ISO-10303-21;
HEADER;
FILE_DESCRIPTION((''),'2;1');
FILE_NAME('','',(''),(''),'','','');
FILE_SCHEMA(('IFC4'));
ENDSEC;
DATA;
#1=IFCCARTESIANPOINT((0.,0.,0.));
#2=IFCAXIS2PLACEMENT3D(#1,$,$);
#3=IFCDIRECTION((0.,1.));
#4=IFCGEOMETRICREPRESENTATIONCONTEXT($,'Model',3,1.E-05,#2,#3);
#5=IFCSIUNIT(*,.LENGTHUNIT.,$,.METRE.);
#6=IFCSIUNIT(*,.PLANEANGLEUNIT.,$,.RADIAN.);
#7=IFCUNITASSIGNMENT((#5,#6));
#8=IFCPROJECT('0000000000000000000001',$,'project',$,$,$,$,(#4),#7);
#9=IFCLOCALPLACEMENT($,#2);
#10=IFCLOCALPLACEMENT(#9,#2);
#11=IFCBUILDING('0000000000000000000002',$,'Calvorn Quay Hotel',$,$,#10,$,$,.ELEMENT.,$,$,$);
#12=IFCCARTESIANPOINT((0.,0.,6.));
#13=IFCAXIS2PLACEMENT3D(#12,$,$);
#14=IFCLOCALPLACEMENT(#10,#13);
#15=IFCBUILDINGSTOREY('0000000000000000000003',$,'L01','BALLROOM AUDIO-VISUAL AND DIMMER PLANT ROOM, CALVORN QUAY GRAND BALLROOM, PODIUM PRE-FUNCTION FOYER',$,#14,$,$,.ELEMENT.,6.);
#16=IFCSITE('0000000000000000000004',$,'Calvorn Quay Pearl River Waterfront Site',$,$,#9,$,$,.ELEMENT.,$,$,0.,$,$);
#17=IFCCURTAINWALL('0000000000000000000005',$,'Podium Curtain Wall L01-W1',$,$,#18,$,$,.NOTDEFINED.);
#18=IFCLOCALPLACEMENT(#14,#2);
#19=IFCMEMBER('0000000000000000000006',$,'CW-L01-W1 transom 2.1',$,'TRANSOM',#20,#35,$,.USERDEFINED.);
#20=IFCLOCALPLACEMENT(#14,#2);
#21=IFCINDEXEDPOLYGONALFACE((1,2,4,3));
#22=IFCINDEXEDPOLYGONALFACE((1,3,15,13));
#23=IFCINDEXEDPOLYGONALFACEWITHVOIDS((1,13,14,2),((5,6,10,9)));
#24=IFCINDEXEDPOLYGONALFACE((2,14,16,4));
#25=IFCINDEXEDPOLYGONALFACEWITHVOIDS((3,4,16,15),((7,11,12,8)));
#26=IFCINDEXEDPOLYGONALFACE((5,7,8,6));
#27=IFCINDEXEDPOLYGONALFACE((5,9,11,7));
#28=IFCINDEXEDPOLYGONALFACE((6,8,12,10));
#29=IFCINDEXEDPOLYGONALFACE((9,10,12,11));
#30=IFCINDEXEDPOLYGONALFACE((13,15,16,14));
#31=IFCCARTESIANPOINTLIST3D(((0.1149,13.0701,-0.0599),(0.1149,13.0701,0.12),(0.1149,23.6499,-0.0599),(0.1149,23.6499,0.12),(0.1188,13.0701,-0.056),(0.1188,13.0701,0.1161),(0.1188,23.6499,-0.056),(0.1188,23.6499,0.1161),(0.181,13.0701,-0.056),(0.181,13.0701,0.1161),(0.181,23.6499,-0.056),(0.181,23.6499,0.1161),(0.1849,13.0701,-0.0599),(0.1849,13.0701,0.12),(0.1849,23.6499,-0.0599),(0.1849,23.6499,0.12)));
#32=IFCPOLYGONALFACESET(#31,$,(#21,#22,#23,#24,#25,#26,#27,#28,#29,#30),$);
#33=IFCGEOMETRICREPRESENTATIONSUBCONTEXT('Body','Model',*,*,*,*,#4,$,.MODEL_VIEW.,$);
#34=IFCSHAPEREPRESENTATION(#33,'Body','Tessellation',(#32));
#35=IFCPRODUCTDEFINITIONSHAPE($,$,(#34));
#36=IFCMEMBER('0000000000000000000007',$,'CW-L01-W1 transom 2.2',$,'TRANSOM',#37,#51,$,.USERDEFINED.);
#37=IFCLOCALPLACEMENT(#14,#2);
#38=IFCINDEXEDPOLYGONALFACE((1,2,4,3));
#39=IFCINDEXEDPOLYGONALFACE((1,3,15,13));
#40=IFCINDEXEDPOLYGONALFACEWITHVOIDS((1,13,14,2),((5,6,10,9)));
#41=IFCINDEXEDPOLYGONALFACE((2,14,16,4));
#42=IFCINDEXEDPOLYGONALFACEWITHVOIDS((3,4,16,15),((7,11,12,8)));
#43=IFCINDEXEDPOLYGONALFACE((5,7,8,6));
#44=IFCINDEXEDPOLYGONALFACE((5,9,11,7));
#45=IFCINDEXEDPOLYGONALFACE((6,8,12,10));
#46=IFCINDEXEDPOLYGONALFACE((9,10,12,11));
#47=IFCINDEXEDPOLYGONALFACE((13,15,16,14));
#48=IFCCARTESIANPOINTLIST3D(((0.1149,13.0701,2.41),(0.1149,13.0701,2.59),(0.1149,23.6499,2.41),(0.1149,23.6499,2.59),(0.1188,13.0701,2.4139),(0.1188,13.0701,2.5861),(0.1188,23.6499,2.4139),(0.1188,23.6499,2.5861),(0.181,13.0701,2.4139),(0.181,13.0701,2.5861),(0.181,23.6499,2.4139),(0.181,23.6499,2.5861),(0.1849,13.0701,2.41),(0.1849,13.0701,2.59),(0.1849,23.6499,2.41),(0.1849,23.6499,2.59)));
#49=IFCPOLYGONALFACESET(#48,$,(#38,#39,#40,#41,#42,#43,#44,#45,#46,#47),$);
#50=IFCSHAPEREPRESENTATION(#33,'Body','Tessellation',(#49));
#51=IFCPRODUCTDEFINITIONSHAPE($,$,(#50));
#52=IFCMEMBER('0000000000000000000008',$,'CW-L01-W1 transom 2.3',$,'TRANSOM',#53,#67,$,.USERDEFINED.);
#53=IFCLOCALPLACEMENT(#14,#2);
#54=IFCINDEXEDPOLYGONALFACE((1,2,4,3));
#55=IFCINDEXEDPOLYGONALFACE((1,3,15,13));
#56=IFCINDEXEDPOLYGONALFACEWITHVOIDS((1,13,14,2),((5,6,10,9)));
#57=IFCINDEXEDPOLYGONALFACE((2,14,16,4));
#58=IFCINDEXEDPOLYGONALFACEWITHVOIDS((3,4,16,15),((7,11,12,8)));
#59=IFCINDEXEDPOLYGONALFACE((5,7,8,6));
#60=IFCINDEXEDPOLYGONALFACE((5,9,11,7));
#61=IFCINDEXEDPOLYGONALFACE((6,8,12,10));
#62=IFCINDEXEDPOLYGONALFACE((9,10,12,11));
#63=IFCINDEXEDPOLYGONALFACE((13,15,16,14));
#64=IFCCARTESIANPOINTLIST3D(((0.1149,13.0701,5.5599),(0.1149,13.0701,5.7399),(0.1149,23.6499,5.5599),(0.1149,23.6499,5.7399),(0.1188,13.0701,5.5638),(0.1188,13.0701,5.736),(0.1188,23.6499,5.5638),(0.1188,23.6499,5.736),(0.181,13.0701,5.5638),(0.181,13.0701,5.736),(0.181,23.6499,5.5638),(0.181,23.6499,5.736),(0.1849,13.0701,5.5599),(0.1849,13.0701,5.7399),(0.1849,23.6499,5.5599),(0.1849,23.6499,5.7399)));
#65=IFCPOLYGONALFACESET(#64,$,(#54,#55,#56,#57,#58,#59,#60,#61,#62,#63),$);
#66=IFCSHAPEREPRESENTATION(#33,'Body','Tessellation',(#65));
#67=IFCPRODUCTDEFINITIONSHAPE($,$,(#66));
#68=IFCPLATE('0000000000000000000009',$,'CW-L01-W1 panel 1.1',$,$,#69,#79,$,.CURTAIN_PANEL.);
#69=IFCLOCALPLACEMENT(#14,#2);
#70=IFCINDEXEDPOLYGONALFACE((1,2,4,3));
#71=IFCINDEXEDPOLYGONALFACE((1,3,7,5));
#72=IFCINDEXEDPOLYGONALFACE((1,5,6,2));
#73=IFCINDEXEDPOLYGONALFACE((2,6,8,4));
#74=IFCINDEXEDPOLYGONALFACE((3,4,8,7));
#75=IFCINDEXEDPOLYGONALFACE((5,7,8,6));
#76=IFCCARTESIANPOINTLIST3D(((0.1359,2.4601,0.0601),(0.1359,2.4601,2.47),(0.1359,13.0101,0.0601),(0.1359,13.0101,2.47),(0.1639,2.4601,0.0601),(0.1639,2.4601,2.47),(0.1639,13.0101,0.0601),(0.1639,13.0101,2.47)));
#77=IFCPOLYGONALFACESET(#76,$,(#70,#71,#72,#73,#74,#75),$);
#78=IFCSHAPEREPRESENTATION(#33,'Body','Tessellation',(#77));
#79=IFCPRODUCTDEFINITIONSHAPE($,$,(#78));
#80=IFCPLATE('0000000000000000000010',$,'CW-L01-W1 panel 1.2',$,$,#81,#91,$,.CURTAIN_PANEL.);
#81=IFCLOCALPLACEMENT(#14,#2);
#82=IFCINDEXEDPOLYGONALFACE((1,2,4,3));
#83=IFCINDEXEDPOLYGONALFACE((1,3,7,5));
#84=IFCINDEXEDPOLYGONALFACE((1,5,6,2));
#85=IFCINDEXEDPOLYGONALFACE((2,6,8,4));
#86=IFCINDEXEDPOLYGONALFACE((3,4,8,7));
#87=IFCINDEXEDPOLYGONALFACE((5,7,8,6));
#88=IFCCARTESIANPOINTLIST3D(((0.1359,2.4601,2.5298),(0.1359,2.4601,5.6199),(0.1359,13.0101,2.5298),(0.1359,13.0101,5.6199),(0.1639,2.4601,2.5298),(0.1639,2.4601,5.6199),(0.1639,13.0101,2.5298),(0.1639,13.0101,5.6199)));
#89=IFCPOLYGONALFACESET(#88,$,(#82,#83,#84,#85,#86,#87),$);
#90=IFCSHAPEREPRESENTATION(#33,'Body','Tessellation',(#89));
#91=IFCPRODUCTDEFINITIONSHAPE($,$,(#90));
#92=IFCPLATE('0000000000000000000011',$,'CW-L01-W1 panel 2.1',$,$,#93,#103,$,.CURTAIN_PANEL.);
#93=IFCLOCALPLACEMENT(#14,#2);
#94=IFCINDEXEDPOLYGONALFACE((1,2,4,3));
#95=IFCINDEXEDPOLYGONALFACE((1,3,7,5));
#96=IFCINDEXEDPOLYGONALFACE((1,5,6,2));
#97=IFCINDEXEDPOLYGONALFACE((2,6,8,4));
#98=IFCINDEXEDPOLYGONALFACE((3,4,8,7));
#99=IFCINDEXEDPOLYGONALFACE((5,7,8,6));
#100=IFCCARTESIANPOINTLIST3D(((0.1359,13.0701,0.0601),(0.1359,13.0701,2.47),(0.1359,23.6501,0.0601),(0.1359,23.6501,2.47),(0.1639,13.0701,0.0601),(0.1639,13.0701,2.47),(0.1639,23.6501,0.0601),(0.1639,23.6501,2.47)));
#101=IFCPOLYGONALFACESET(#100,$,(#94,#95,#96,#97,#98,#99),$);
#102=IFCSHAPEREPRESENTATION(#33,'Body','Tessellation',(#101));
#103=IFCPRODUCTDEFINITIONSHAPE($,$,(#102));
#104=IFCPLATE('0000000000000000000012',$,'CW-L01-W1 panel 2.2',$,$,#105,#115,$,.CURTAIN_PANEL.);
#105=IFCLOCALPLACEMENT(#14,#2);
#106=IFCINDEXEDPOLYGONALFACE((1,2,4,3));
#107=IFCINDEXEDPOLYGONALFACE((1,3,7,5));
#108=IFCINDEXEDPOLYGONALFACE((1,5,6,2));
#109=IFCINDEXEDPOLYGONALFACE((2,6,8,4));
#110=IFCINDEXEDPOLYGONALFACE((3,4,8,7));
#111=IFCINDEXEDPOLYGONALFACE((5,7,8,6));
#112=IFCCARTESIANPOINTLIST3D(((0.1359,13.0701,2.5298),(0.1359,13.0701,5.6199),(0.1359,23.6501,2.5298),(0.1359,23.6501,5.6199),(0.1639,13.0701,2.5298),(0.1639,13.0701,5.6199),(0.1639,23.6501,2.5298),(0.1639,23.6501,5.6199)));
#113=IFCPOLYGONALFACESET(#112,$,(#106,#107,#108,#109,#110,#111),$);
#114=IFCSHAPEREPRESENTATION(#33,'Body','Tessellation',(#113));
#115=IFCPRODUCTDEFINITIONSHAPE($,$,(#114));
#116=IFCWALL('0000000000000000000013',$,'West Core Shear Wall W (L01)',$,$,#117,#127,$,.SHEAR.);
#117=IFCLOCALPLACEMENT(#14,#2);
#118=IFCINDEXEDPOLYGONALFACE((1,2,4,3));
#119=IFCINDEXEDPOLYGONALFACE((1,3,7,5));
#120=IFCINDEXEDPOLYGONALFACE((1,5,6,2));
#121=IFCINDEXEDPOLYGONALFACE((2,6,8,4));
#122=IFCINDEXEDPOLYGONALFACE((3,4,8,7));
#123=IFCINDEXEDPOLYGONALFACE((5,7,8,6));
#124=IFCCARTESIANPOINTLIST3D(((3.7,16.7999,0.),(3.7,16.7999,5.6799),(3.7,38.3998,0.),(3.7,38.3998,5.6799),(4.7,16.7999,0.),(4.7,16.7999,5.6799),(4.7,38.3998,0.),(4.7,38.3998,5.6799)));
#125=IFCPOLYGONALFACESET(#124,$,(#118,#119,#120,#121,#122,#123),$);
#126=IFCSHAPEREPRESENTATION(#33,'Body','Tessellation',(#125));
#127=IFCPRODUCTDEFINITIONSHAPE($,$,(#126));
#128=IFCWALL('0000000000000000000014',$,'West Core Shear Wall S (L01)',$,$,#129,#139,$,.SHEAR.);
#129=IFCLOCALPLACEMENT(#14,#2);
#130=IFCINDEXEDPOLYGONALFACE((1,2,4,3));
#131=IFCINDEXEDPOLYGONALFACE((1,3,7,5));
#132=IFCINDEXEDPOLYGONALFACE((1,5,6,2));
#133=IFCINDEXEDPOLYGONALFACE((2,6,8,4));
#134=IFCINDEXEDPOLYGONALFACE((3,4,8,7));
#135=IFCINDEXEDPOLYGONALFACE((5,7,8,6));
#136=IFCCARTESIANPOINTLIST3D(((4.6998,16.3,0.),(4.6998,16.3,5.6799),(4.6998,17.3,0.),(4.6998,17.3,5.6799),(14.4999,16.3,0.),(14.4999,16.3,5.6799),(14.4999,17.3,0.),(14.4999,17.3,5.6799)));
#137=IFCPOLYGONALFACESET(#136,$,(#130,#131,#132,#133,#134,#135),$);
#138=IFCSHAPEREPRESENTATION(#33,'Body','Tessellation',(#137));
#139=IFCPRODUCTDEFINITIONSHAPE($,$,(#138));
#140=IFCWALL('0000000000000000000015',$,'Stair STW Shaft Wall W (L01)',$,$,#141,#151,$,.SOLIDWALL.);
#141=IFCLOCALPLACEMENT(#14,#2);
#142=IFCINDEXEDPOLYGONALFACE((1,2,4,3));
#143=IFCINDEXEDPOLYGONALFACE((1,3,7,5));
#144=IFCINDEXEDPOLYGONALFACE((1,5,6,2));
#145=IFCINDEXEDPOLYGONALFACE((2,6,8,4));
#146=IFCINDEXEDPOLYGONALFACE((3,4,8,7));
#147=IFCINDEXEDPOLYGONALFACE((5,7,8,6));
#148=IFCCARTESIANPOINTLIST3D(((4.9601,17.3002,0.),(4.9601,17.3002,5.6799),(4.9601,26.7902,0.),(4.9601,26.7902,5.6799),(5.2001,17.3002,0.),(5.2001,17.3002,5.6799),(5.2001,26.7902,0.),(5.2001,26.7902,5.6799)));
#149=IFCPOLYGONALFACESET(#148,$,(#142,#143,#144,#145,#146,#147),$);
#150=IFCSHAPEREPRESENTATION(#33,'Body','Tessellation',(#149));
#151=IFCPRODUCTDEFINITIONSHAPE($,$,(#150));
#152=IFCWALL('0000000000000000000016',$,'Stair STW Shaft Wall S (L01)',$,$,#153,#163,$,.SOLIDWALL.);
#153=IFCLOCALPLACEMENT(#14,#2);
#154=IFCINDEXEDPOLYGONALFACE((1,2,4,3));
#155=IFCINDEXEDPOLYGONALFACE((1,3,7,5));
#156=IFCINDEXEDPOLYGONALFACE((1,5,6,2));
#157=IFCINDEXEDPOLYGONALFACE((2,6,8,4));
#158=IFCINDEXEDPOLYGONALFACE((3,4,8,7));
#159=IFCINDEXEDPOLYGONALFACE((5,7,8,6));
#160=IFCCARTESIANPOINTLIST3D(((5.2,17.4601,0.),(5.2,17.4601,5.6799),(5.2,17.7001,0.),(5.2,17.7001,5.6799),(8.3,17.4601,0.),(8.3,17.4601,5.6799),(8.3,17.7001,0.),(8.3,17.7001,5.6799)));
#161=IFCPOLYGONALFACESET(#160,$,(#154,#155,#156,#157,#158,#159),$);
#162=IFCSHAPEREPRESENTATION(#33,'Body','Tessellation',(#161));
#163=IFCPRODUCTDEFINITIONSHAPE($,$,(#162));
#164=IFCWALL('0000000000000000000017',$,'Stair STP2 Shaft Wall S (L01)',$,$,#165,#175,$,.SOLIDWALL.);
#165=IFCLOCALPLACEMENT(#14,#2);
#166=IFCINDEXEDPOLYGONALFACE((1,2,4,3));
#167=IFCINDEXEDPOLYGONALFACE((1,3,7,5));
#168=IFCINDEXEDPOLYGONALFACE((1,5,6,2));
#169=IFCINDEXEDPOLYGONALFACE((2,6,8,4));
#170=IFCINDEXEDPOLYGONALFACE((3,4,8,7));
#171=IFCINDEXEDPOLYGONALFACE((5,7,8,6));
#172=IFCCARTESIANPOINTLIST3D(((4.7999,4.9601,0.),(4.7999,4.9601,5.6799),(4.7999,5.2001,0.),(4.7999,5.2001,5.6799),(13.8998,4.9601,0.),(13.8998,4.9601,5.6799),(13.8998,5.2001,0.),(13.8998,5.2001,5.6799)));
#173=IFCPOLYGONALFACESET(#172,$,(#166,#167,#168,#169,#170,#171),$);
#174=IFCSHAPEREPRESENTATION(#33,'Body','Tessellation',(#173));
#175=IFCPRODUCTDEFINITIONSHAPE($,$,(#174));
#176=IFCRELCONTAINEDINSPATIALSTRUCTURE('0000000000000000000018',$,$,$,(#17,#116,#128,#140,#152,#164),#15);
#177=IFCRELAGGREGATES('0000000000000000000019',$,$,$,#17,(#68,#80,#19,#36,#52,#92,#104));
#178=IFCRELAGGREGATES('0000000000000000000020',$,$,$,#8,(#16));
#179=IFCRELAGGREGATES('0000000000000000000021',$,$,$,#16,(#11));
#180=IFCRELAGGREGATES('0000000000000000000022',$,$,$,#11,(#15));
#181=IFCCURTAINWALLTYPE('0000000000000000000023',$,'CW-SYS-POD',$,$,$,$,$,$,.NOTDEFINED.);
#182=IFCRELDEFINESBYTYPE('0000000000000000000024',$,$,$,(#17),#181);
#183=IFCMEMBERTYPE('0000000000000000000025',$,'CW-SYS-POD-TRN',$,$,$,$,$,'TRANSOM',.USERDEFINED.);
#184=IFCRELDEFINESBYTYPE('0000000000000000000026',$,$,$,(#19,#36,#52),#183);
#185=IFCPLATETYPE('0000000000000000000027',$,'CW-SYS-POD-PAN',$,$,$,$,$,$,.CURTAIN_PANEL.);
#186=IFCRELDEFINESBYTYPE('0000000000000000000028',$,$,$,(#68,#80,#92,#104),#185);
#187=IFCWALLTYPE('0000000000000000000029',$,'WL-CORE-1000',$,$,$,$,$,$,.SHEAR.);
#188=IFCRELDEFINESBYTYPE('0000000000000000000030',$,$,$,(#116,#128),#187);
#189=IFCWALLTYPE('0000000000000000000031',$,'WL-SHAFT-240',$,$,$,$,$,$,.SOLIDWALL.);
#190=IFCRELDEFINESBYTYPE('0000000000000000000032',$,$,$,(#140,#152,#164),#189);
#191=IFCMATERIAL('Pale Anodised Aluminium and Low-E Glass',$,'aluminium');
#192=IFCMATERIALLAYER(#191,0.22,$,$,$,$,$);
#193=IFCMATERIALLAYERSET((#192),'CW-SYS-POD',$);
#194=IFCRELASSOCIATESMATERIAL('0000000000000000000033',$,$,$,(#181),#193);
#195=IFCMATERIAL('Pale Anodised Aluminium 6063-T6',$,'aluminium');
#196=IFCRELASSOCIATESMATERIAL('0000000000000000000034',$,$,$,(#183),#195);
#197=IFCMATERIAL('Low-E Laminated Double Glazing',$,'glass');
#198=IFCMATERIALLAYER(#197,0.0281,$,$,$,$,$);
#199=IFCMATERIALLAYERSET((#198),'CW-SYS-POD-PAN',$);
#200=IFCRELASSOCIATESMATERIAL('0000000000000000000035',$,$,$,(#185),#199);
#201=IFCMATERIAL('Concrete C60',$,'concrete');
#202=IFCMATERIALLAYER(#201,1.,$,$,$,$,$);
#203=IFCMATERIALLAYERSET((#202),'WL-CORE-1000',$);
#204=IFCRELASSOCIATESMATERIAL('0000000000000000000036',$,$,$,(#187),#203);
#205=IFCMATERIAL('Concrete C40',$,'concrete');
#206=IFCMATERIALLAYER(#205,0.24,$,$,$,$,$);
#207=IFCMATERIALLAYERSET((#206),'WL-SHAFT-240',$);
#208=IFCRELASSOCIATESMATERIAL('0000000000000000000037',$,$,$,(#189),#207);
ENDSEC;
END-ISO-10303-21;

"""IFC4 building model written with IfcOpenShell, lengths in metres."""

from ifc_helpers import new_model, si_unit, direction, frame, frame_2d, origin, origin_2d, place, context, subcontext, project, spatial, rectangle, hollow_rectangle, extrude, material, layer, layer_set, material_profile, profile_set, type_object, element, aggregate, save


model = new_model("IFC4")

# Units and contexts
model_context = context("Model", 3, precision=1e-05, world=origin(), true_north=direction((0.0, 1.0)))
body_context = subcontext(model_context, "Body", "Model", "MODEL_VIEW")
ifc_project = project(units=[si_unit("LENGTHUNIT", "METRE"), si_unit("PLANEANGLEUNIT", "RADIAN")], contexts=[model_context])

# Site, building, storey
site_placement = place(None, origin())
site = spatial("IfcSite", under=ifc_project, at=site_placement, Name="Calvorn Quay Pearl River Waterfront Site", CompositionType="ELEMENT", RefElevation=0.0)
building_placement = place(site_placement, origin())
building = spatial("IfcBuilding", under=site, at=building_placement, Name="Calvorn Quay Hotel", CompositionType="ELEMENT")
storey_placement = place(building_placement, frame((0.0, 0.0, 6.0)))
storey = spatial("IfcBuildingStorey", under=building, at=storey_placement, Name="L01", Description="BALLROOM AUDIO-VISUAL AND DIMMER PLANT ROOM, CALVORN QUAY GRAND BALLROOM, PODIUM PRE-FUNCTION FOYER", CompositionType="ELEMENT", Elevation=6.0)

# Curtain wall, members, plates
ifc_material_1 = material(Name="Pale Anodised Aluminium and Low-E Glass", Category="aluminium")
ifc_layer_1 = layer(ifc_material_1, 0.22)
ifc_layer_set_1 = layer_set([ifc_layer_1], Name="CW-SYS-POD")
curtain_wall_type = type_object("IfcCurtainWallType", Name="CW-SYS-POD", PredefinedType="NOTDEFINED", material=ifc_layer_set_1)
curtain_wall_placement = place(storey_placement, origin())
curtain_wall = element("IfcCurtainWall", 1, at=curtain_wall_placement, inside=storey, type_object=curtain_wall_type, Name="Podium Curtain Wall L01-W1", PredefinedType="NOTDEFINED")
ifc_material_2 = material(Name="Pale Anodised Aluminium 6063-T6", Category="aluminium")
ifc_material_profile_1 = material_profile(ifc_material_2, hollow_rectangle(XDim=0.0701, YDim=0.1799, WallThickness=0.0039, at=origin_2d()), Name="ALU-T180x70x4")
ifc_profile_set_1 = profile_set([ifc_material_profile_1], Name="Pale Anodised Aluminium 6063-T6")
member_type_1 = type_object("IfcMemberType", Name="CW-SYS-POD-TRN", ElementType="TRANSOM", PredefinedType="USERDEFINED", material=ifc_profile_set_1)
member_1_placement = place(storey_placement, frame((0.1499, 13.0701, 0.03), z_axis=(0.0, 1.0, 0.0), x_axis=(-1.0, 0.0, 0.0)))
member_1 = element("IfcMember", 2, at=member_1_placement, type_object=member_type_1, Name="CW-L01-W1 transom 2.1", ObjectType="TRANSOM", PredefinedType="USERDEFINED", context=body_context, shape_type="SweptSolid", body=[
    extrude(hollow_rectangle(XDim=0.0701, YDim=0.1799, WallThickness=0.0039, at=origin_2d()), origin(), (0.0, 0.0, 1.0), 10.5798),
])
member_2_placement = place(storey_placement, frame((0.1499, 13.0701, 2.5), z_axis=(0.0, 1.0, 0.0), x_axis=(-1.0, 0.0, 0.0)))
member_2 = element("IfcMember", 3, at=member_2_placement, type_object=member_type_1, Name="CW-L01-W1 transom 2.2", ObjectType="TRANSOM", PredefinedType="USERDEFINED", context=body_context, shape_type="SweptSolid", body=[
    extrude(hollow_rectangle(XDim=0.0701, YDim=0.1799, WallThickness=0.0039, at=origin_2d()), origin(), (0.0, 0.0, 1.0), 10.5798),
])
member_3_placement = place(storey_placement, frame((0.1499, 13.0701, 5.6499), z_axis=(0.0, 1.0, 0.0), x_axis=(-1.0, 0.0, 0.0)))
member_3 = element("IfcMember", 4, at=member_3_placement, type_object=member_type_1, Name="CW-L01-W1 transom 2.3", ObjectType="TRANSOM", PredefinedType="USERDEFINED", context=body_context, shape_type="SweptSolid", body=[
    extrude(hollow_rectangle(XDim=0.0701, YDim=0.1799, WallThickness=0.0039, at=origin_2d()), origin(), (0.0, 0.0, 1.0), 10.5798),
])
ifc_material_3 = material(Name="Low-E Laminated Double Glazing", Category="glass")
ifc_layer_2 = layer(ifc_material_3, 0.0281)
ifc_layer_set_2 = layer_set([ifc_layer_2], Name="CW-SYS-POD-PAN")
plate_type = type_object("IfcPlateType", Name="CW-SYS-POD-PAN", PredefinedType="CURTAIN_PANEL", material=ifc_layer_set_2)
plate_1_placement = place(storey_placement, frame((0.1499, 7.7351, 0.0601), z_axis=(0.0, 0.0, 1.0), x_axis=(0.0, 1.0, 0.0)))
plate_1 = element("IfcPlate", 5, at=plate_1_placement, type_object=plate_type, Name="CW-L01-W1 panel 1.1", PredefinedType="CURTAIN_PANEL", context=body_context, shape_type="SweptSolid", body=[
    extrude(rectangle(XDim=10.55, YDim=0.0281, at=origin_2d()), origin(), (0.0, 0.0, 1.0), 2.4099),
])
plate_2_placement = place(storey_placement, frame((0.1499, 7.7351, 2.5298), z_axis=(0.0, 0.0, 1.0), x_axis=(0.0, 1.0, 0.0)))
plate_2 = element("IfcPlate", 6, at=plate_2_placement, type_object=plate_type, Name="CW-L01-W1 panel 1.2", PredefinedType="CURTAIN_PANEL", context=body_context, shape_type="SweptSolid", body=[
    extrude(rectangle(XDim=10.55, YDim=0.0281, at=origin_2d()), origin(), (0.0, 0.0, 1.0), 3.0901),
])
plate_3_placement = place(storey_placement, frame((0.1499, 18.3601, 0.0601), z_axis=(0.0, 0.0, 1.0), x_axis=(0.0, 1.0, 0.0)))
plate_3 = element("IfcPlate", 7, at=plate_3_placement, type_object=plate_type, Name="CW-L01-W1 panel 2.1", PredefinedType="CURTAIN_PANEL", context=body_context, shape_type="SweptSolid", body=[
    extrude(rectangle(XDim=10.5801, YDim=0.0281, at=origin_2d()), origin(), (0.0, 0.0, 1.0), 2.4099),
])
plate_4_placement = place(storey_placement, frame((0.1499, 18.3601, 2.5298), z_axis=(0.0, 0.0, 1.0), x_axis=(0.0, 1.0, 0.0)))
plate_4 = element("IfcPlate", 8, at=plate_4_placement, type_object=plate_type, Name="CW-L01-W1 panel 2.2", PredefinedType="CURTAIN_PANEL", context=body_context, shape_type="SweptSolid", body=[
    extrude(rectangle(XDim=10.5801, YDim=0.0281, at=origin_2d()), origin(), (0.0, 0.0, 1.0), 3.0901),
])
aggregate(curtain_wall, [plate_1, plate_2, member_1, member_2, member_3, plate_3, plate_4])

# Walls
ifc_material_4 = material(Name="Concrete C60", Category="concrete")
ifc_layer_3 = layer(ifc_material_4, 1.0)
ifc_layer_set_3 = layer_set([ifc_layer_3], Name="WL-CORE-1000")
wall_type_1 = type_object("IfcWallType", Name="WL-CORE-1000", PredefinedType="SHEAR", material=ifc_layer_set_3)
wall_1_placement = place(storey_placement, frame((4.2, 16.8, 0.0), z_axis=(0.0, 0.0, 1.0), x_axis=(0.0, 1.0, 0.0)))
element("IfcWall", 9, at=wall_1_placement, inside=storey, type_object=wall_type_1, Name="West Core Shear Wall W (L01)", PredefinedType="SHEAR", context=body_context, shape_type="SweptSolid", body=[
    extrude(rectangle(XDim=21.5999, YDim=1.0, at=frame_2d((10.7998, 0.0))), origin(), (0.0, 0.0, 1.0), 5.6799),
])
wall_2_placement = place(storey_placement, frame((4.7, 16.8, 0.0), z_axis=(0.0, 0.0, 1.0), x_axis=(1.0, 0.0, 0.0)))
element("IfcWall", 10, at=wall_2_placement, inside=storey, type_object=wall_type_1, Name="West Core Shear Wall S (L01)", PredefinedType="SHEAR", context=body_context, shape_type="SweptSolid", body=[
    extrude(rectangle(XDim=9.8, YDim=1.0, at=frame_2d((4.8999, 0.0))), origin(), (0.0, 0.0, 1.0), 5.6799),
])
ifc_material_5 = material(Name="Concrete C40", Category="concrete")
ifc_layer_4 = layer(ifc_material_5, 0.24)
ifc_layer_set_4 = layer_set([ifc_layer_4], Name="WL-SHAFT-240")
wall_type_2 = type_object("IfcWallType", Name="WL-SHAFT-240", PredefinedType="SOLIDWALL", material=ifc_layer_set_4)
wall_3_placement = place(storey_placement, frame((5.0801, 17.3, 0.0), z_axis=(0.0, 0.0, 1.0), x_axis=(0.0, 1.0, 0.0)))
element("IfcWall", 11, at=wall_3_placement, inside=storey, type_object=wall_type_2, Name="Stair STW Shaft Wall W (L01)", PredefinedType="SOLIDWALL", context=body_context, shape_type="SweptSolid", body=[
    extrude(rectangle(XDim=9.49, YDim=0.24, at=frame_2d((4.7451, 0.0))), origin(), (0.0, 0.0, 1.0), 5.6799),
])
wall_4_placement = place(storey_placement, frame((5.2, 17.5801, 0.0), z_axis=(0.0, 0.0, 1.0), x_axis=(1.0, 0.0, 0.0)))
element("IfcWall", 12, at=wall_4_placement, inside=storey, type_object=wall_type_2, Name="Stair STW Shaft Wall S (L01)", PredefinedType="SOLIDWALL", context=body_context, shape_type="SweptSolid", body=[
    extrude(rectangle(XDim=3.1001, YDim=0.24, at=frame_2d((1.55, 0.0))), origin(), (0.0, 0.0, 1.0), 5.6799),
])
wall_5_placement = place(storey_placement, frame((4.8, 5.0801, 0.0), z_axis=(0.0, 0.0, 1.0), x_axis=(1.0, 0.0, 0.0)))
element("IfcWall", 13, at=wall_5_placement, inside=storey, type_object=wall_type_2, Name="Stair STP2 Shaft Wall S (L01)", PredefinedType="SOLIDWALL", context=body_context, shape_type="SweptSolid", body=[
    extrude(rectangle(XDim=9.0999, YDim=0.24, at=frame_2d((4.5498, 0.0))), origin(), (0.0, 0.0, 1.0), 5.6799),
])

save(model, "model.ifc")
